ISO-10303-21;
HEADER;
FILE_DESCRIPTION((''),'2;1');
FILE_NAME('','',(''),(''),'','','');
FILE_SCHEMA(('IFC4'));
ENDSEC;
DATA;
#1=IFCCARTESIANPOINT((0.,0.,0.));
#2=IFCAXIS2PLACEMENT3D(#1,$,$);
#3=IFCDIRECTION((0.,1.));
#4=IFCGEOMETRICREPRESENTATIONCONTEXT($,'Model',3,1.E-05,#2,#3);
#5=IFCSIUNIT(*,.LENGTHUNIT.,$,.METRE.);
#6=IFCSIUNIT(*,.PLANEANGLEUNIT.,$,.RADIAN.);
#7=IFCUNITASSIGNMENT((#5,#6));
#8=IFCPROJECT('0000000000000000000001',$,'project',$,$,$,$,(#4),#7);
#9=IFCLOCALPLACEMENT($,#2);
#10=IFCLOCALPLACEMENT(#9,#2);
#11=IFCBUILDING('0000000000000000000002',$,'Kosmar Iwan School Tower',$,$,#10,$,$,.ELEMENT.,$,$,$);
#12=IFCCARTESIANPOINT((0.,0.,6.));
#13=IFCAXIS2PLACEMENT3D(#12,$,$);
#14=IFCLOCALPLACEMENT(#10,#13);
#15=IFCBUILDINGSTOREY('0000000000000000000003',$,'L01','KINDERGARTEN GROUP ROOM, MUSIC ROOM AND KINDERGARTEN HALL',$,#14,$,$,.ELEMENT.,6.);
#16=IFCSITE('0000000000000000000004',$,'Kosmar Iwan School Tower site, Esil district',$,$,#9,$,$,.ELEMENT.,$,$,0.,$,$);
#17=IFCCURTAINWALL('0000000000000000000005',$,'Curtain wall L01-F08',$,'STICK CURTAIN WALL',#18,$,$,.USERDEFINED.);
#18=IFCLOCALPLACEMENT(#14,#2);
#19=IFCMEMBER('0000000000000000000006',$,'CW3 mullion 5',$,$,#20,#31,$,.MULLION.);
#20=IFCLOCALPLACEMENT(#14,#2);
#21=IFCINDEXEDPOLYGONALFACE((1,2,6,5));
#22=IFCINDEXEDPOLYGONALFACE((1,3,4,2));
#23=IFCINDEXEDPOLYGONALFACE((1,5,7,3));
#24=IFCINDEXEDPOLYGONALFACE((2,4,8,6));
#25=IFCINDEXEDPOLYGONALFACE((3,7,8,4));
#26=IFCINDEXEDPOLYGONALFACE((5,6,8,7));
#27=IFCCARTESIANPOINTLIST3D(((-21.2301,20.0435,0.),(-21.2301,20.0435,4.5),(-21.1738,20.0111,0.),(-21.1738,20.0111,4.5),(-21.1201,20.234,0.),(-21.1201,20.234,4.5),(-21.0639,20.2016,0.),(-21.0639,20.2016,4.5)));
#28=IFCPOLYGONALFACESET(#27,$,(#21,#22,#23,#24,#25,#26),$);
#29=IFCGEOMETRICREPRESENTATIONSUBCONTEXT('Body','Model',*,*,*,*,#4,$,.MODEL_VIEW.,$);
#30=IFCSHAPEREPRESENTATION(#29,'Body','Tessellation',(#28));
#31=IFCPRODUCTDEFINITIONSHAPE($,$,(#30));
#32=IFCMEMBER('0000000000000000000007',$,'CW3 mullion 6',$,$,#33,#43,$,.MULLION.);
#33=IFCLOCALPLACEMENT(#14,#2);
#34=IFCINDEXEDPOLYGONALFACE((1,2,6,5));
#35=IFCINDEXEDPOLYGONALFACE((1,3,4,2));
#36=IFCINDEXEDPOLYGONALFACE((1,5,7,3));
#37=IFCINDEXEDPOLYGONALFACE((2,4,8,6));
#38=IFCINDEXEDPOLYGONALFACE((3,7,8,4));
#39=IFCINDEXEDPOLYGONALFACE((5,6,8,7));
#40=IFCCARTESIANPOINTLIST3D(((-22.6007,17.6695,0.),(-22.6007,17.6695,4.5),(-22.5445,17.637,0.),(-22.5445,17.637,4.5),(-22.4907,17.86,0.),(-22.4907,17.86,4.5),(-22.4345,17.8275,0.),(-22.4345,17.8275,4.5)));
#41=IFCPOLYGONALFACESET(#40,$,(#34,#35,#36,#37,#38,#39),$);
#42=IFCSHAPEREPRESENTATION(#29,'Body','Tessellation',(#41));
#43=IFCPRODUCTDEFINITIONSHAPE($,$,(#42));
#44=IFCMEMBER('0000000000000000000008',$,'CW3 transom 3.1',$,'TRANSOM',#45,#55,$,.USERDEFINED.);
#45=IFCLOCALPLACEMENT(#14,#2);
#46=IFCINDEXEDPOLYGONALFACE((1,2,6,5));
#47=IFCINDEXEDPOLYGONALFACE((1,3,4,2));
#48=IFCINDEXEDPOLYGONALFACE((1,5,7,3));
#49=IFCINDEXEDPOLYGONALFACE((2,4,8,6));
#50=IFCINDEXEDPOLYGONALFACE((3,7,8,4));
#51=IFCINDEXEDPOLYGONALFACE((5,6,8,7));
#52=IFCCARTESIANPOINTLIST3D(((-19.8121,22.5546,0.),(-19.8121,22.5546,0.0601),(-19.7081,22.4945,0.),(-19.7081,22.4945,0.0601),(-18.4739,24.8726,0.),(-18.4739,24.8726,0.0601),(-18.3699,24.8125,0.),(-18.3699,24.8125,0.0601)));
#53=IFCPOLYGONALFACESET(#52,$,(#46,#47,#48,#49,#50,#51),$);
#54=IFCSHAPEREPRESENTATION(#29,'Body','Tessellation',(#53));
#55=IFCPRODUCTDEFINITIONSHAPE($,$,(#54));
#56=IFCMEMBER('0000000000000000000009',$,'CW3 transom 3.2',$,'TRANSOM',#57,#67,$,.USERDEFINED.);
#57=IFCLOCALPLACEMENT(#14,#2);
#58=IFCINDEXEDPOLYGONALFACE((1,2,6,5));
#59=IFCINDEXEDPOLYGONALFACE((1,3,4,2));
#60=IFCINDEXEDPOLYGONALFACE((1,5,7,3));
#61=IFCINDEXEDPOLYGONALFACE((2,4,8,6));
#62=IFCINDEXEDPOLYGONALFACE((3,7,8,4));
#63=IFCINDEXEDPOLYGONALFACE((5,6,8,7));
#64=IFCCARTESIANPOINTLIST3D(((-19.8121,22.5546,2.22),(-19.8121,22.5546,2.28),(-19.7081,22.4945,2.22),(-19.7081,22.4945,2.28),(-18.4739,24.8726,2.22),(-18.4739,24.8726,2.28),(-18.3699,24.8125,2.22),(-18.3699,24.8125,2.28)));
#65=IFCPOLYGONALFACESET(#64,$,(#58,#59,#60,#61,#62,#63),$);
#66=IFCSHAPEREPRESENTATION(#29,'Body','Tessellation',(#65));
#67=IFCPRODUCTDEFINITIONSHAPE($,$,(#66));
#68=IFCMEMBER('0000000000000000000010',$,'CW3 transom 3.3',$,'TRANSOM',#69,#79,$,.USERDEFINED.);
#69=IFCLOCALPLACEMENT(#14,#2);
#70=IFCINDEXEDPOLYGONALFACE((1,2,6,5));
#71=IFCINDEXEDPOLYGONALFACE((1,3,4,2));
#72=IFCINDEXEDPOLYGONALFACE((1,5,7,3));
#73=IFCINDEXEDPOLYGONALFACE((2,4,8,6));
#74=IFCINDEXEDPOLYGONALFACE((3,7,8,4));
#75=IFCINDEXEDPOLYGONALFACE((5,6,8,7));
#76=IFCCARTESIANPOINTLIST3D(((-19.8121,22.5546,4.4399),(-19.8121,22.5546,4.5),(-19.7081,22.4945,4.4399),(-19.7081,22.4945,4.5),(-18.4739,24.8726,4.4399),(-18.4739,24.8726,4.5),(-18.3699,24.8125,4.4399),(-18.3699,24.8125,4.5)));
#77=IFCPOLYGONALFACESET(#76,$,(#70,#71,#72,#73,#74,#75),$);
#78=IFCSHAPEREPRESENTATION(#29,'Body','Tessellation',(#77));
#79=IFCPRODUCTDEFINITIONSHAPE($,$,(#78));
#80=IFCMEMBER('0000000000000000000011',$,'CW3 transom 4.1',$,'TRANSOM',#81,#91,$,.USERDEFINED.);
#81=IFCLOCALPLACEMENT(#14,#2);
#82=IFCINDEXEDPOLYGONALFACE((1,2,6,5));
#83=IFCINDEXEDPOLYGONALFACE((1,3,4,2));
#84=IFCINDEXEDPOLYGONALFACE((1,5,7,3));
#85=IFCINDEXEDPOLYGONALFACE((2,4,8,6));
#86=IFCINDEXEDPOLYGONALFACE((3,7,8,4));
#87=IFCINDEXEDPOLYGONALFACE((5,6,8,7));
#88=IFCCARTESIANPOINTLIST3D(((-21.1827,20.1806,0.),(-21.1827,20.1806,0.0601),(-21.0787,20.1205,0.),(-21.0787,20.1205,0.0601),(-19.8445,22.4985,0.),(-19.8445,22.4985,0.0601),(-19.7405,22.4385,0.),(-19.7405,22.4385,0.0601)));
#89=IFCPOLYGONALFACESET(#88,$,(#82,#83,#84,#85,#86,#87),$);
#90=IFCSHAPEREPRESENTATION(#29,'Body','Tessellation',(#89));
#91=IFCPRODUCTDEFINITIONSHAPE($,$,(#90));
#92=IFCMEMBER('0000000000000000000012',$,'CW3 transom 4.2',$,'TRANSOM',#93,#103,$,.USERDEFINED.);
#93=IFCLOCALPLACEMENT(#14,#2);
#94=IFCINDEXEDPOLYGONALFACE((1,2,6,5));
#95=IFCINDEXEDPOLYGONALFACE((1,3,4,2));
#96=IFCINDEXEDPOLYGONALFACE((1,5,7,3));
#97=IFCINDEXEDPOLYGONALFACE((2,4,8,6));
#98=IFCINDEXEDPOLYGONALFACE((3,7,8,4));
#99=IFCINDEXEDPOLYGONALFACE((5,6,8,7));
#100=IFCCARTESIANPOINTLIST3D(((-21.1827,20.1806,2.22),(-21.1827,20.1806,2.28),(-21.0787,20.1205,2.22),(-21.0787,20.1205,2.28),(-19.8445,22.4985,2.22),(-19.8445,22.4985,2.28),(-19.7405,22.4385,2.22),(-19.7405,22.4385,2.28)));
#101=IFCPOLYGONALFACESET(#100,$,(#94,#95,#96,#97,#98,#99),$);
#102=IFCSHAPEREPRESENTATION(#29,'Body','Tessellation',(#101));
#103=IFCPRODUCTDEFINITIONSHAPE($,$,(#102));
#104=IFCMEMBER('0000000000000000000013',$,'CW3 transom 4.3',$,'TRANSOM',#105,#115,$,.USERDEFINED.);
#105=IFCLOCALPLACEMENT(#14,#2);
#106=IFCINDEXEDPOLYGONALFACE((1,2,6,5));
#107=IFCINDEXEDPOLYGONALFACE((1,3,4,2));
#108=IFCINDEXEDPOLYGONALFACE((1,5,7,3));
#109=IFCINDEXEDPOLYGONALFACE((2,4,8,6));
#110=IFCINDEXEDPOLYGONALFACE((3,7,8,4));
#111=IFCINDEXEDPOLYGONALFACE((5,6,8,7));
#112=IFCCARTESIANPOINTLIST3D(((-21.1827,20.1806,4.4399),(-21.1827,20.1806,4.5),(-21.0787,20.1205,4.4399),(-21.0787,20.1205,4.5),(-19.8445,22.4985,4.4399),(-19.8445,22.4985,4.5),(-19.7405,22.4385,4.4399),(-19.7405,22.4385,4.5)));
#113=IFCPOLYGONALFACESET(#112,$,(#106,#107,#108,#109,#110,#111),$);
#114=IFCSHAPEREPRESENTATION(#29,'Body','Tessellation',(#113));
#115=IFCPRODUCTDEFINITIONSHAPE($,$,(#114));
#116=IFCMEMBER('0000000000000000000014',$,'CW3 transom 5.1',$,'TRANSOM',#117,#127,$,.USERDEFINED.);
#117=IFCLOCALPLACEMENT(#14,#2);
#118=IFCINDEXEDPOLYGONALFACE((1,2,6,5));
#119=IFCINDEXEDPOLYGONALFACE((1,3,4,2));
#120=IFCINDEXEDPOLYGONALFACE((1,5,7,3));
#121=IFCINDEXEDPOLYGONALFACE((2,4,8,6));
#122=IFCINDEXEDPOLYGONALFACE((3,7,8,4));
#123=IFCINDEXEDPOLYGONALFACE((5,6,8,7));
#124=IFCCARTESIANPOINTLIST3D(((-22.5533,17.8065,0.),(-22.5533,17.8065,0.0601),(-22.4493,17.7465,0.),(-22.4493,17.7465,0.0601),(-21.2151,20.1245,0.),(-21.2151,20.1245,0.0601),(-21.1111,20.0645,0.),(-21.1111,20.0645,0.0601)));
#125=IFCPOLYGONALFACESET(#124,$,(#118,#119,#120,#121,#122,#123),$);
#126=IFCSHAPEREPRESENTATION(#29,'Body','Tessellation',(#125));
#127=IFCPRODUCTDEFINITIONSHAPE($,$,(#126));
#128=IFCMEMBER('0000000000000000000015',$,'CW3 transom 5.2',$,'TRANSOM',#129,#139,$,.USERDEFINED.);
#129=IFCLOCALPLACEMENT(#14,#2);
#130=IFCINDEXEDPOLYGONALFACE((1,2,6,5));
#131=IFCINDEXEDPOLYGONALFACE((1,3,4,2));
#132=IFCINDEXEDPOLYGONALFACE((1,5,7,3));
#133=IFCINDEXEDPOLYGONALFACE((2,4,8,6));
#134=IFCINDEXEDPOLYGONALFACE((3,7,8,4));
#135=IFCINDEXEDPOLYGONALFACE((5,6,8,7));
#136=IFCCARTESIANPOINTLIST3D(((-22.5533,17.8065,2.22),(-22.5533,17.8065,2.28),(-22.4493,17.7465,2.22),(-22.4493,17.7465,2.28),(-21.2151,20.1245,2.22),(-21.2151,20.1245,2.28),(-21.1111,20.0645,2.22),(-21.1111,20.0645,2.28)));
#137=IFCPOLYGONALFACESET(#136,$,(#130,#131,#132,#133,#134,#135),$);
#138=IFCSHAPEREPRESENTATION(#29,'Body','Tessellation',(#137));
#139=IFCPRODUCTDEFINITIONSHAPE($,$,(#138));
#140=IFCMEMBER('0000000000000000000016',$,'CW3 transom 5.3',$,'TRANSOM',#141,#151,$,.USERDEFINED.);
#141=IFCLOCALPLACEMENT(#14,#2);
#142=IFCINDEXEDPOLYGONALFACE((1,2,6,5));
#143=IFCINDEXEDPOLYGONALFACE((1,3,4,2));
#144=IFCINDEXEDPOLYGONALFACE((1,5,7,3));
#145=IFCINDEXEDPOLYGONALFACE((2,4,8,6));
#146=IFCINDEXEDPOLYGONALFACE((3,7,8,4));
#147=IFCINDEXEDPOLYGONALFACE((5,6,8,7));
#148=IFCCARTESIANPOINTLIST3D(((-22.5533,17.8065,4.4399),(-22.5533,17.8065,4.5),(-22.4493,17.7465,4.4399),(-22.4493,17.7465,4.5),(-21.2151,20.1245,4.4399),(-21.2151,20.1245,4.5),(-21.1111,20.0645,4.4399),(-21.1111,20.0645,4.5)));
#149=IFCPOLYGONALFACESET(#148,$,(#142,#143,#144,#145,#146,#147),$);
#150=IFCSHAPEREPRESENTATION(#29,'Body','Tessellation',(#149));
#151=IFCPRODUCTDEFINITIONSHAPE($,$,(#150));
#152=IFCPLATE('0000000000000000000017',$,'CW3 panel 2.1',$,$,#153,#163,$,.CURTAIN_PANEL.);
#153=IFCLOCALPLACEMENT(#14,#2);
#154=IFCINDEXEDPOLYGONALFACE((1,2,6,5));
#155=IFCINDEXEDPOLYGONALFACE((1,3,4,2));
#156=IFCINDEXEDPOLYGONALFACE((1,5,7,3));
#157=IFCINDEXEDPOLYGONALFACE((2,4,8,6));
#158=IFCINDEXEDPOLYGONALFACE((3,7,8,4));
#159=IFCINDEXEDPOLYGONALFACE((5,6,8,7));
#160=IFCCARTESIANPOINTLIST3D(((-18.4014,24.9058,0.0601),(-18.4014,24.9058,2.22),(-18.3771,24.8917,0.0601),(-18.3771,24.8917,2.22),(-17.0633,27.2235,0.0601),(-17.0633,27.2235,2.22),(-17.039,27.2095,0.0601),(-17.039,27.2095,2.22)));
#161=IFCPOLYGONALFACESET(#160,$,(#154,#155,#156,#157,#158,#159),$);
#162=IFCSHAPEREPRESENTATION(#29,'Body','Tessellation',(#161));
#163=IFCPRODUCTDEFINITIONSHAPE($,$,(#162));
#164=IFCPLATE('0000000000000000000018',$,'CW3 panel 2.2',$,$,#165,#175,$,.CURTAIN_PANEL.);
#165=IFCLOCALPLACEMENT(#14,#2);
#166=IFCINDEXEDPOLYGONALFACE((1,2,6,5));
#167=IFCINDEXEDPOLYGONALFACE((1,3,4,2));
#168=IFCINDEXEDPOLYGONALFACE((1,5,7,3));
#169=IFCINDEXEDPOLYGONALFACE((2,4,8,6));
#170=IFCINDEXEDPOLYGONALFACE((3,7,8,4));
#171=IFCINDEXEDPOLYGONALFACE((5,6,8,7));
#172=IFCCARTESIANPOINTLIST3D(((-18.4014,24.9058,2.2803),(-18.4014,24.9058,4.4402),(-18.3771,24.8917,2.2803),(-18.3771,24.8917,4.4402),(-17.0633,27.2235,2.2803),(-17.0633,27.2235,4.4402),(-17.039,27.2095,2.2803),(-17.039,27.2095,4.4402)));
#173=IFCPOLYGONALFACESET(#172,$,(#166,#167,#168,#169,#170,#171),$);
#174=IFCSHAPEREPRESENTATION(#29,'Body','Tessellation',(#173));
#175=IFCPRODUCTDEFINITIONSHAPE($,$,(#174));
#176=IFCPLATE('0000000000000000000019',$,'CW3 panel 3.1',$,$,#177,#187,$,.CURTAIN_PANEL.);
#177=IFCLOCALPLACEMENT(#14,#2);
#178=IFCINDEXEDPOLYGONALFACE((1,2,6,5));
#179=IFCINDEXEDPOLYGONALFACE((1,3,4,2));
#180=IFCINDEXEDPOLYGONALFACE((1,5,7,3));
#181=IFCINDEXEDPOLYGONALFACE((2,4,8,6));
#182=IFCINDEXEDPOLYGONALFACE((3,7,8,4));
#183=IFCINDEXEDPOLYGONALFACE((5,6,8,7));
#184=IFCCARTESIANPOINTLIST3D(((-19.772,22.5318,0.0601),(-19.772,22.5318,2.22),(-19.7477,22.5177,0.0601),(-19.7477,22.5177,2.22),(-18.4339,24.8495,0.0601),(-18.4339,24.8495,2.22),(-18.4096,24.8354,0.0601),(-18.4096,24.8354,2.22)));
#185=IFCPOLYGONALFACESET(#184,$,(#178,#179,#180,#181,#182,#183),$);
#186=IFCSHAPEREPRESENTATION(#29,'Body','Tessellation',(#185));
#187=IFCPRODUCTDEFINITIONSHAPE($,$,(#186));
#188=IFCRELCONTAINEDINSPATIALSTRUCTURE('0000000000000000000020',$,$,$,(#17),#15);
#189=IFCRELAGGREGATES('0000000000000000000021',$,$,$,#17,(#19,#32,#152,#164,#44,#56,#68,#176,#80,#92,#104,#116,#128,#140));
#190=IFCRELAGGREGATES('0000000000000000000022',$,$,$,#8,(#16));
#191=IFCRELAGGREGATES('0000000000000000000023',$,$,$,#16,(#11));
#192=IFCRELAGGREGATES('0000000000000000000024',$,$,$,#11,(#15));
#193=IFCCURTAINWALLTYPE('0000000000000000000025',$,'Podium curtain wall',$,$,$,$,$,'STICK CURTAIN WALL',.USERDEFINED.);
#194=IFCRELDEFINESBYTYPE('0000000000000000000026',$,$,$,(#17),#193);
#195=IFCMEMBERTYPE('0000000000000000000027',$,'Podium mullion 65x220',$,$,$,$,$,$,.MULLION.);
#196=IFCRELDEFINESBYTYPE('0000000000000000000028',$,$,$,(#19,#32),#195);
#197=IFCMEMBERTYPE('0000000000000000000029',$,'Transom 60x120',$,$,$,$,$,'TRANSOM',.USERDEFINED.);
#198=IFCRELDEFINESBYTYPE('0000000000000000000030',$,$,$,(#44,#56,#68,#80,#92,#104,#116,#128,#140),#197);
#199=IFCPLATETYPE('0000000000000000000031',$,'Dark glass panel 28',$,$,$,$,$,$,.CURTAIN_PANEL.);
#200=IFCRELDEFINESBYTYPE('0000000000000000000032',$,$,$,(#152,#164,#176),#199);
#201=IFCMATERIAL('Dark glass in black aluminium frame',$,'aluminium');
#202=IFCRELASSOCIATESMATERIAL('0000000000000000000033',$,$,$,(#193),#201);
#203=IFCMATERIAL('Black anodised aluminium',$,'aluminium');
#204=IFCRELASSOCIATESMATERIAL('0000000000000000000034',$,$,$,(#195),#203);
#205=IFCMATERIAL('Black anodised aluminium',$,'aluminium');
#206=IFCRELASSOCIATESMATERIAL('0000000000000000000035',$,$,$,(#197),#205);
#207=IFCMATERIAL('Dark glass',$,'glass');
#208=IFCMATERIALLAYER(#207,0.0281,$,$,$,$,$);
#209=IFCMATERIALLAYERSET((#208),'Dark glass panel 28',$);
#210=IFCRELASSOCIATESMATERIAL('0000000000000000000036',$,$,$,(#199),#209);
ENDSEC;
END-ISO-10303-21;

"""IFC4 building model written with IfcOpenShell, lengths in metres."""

from ifc_helpers import new_model, si_unit, direction, frame, origin, origin_2d, place, context, subcontext, project, spatial, rectangle, extrude, material, layer, layer_set, material_profile, profile_set, type_object, element, aggregate, save


model = new_model("IFC4")

# Units and contexts
model_context = context("Model", 3, precision=1e-05, world=origin(), true_north=direction((0.0, 1.0)))
body_context = subcontext(model_context, "Body", "Model", "MODEL_VIEW")
ifc_project = project(units=[si_unit("LENGTHUNIT", "METRE"), si_unit("PLANEANGLEUNIT", "RADIAN")], contexts=[model_context])

# Site, building, storey
site_placement = place(None, origin())
site = spatial("IfcSite", under=ifc_project, at=site_placement, Name="Kosmar Iwan School Tower site, Esil district", CompositionType="ELEMENT", RefElevation=0.0)
building_placement = place(site_placement, origin())
building = spatial("IfcBuilding", under=site, at=building_placement, Name="Kosmar Iwan School Tower", CompositionType="ELEMENT")
storey_placement = place(building_placement, frame((0.0, 0.0, 6.0)))
storey = spatial("IfcBuildingStorey", under=building, at=storey_placement, Name="L01", Description="KINDERGARTEN GROUP ROOM, MUSIC ROOM AND KINDERGARTEN HALL", CompositionType="ELEMENT", Elevation=6.0)

# Curtain wall, members, plates
ifc_material_1 = material(Name="Dark glass in black aluminium frame", Category="aluminium")
curtain_wall_type = type_object("IfcCurtainWallType", Name="Podium curtain wall", ElementType="STICK CURTAIN WALL", PredefinedType="USERDEFINED", material=ifc_material_1)
curtain_wall_placement = place(storey_placement, origin())
curtain_wall = element("IfcCurtainWall", 1, at=curtain_wall_placement, inside=storey, type_object=curtain_wall_type, Name="Curtain wall L01-F08", ObjectType="STICK CURTAIN WALL", PredefinedType="USERDEFINED")
ifc_material_2 = material(Name="Black anodised aluminium", Category="aluminium")
ifc_material_profile_1 = material_profile(ifc_material_2, rectangle(XDim=0.0649, YDim=0.22, at=origin_2d()), Name="MULLION 65x220")
ifc_profile_set_1 = profile_set([ifc_material_profile_1], Name="Black anodised aluminium")
member_type_1 = type_object("IfcMemberType", Name="Podium mullion 65x220", PredefinedType="MULLION", material=ifc_profile_set_1)
member_1_placement = place(storey_placement, frame((-21.147, 20.1226, 0.0), z_axis=(0.0, 0.0, 1.0), x_axis=(0.866025, -0.5, 0.0)))
member_1 = element("IfcMember", 2, at=member_1_placement, type_object=member_type_1, Name="CW3 mullion 5", PredefinedType="MULLION", context=body_context, shape_type="SweptSolid", body=[
    extrude(rectangle(XDim=0.0649, YDim=0.22, at=origin_2d()), origin(), (0.0, 0.0, 1.0), 4.5),
])
member_2_placement = place(storey_placement, frame((-22.5176, 17.7485, 0.0), z_axis=(0.0, 0.0, 1.0), x_axis=(0.866025, -0.5, 0.0)))
member_2 = element("IfcMember", 3, at=member_2_placement, type_object=member_type_1, Name="CW3 mullion 6", PredefinedType="MULLION", context=body_context, shape_type="SweptSolid", body=[
    extrude(rectangle(XDim=0.0649, YDim=0.22, at=origin_2d()), origin(), (0.0, 0.0, 1.0), 4.5),
])
ifc_material_3 = material(Name="Black anodised aluminium", Category="aluminium")
ifc_material_profile_2 = material_profile(ifc_material_3, rectangle(XDim=0.1201, YDim=0.0601, at=origin_2d()), Name="TRANSOM 60x120")
ifc_profile_set_2 = profile_set([ifc_material_profile_2], Name="Black anodised aluminium")
member_type_2 = type_object("IfcMemberType", Name="Transom 60x120", ElementType="TRANSOM", PredefinedType="USERDEFINED", material=ifc_profile_set_2)
member_3_placement = place(storey_placement, frame((-18.4219, 24.8425, 0.03), z_axis=(-0.499975, -0.86604, 0.0), x_axis=(0.86604, -0.499975, 0.0)))
member_3 = element("IfcMember", 4, at=member_3_placement, type_object=member_type_2, Name="CW3 transom 3.1", ObjectType="TRANSOM", PredefinedType="USERDEFINED", context=body_context, shape_type="SweptSolid", body=[
    extrude(rectangle(XDim=0.1201, YDim=0.0601, at=origin_2d()), origin(), (0.0, 0.0, 1.0), 2.6765),
])
member_4_placement = place(storey_placement, frame((-18.4219, 24.8425, 2.25), z_axis=(-0.499975, -0.86604, 0.0), x_axis=(0.86604, -0.499975, 0.0)))
member_4 = element("IfcMember", 5, at=member_4_placement, type_object=member_type_2, Name="CW3 transom 3.2", ObjectType="TRANSOM", PredefinedType="USERDEFINED", context=body_context, shape_type="SweptSolid", body=[
    extrude(rectangle(XDim=0.1201, YDim=0.0601, at=origin_2d()), origin(), (0.0, 0.0, 1.0), 2.6765),
])
member_5_placement = place(storey_placement, frame((-18.4219, 24.8425, 4.47), z_axis=(-0.499975, -0.86604, 0.0), x_axis=(0.86604, -0.499975, 0.0)))
member_5 = element("IfcMember", 6, at=member_5_placement, type_object=member_type_2, Name="CW3 transom 3.3", ObjectType="TRANSOM", PredefinedType="USERDEFINED", context=body_context, shape_type="SweptSolid", body=[
    extrude(rectangle(XDim=0.1201, YDim=0.0601, at=origin_2d()), origin(), (0.0, 0.0, 1.0), 2.6765),
])
member_6_placement = place(storey_placement, frame((-19.7925, 22.4685, 0.03), z_axis=(-0.499975, -0.86604, 0.0), x_axis=(0.86604, -0.499975, 0.0)))
member_6 = element("IfcMember", 7, at=member_6_placement, type_object=member_type_2, Name="CW3 transom 4.1", ObjectType="TRANSOM", PredefinedType="USERDEFINED", context=body_context, shape_type="SweptSolid", body=[
    extrude(rectangle(XDim=0.1201, YDim=0.0601, at=origin_2d()), origin(), (0.0, 0.0, 1.0), 2.6765),
])
member_7_placement = place(storey_placement, frame((-19.7925, 22.4685, 2.25), z_axis=(-0.499975, -0.86604, 0.0), x_axis=(0.86604, -0.499975, 0.0)))
member_7 = element("IfcMember", 8, at=member_7_placement, type_object=member_type_2, Name="CW3 transom 4.2", ObjectType="TRANSOM", PredefinedType="USERDEFINED", context=body_context, shape_type="SweptSolid", body=[
    extrude(rectangle(XDim=0.1201, YDim=0.0601, at=origin_2d()), origin(), (0.0, 0.0, 1.0), 2.6765),
])
member_8_placement = place(storey_placement, frame((-19.7925, 22.4685, 4.47), z_axis=(-0.499975, -0.86604, 0.0), x_axis=(0.86604, -0.499975, 0.0)))
member_8 = element("IfcMember", 9, at=member_8_placement, type_object=member_type_2, Name="CW3 transom 4.3", ObjectType="TRANSOM", PredefinedType="USERDEFINED", context=body_context, shape_type="SweptSolid", body=[
    extrude(rectangle(XDim=0.1201, YDim=0.0601, at=origin_2d()), origin(), (0.0, 0.0, 1.0), 2.6765),
])
member_9_placement = place(storey_placement, frame((-21.1631, 20.0945, 0.03), z_axis=(-0.499975, -0.86604, 0.0), x_axis=(0.86604, -0.499975, 0.0)))
member_9 = element("IfcMember", 10, at=member_9_placement, type_object=member_type_2, Name="CW3 transom 5.1", ObjectType="TRANSOM", PredefinedType="USERDEFINED", context=body_context, shape_type="SweptSolid", body=[
    extrude(rectangle(XDim=0.1201, YDim=0.0601, at=origin_2d()), origin(), (0.0, 0.0, 1.0), 2.6765),
])
member_10_placement = place(storey_placement, frame((-21.1631, 20.0945, 2.25), z_axis=(-0.499975, -0.86604, 0.0), x_axis=(0.86604, -0.499975, 0.0)))
member_10 = element("IfcMember", 11, at=member_10_placement, type_object=member_type_2, Name="CW3 transom 5.2", ObjectType="TRANSOM", PredefinedType="USERDEFINED", context=body_context, shape_type="SweptSolid", body=[
    extrude(rectangle(XDim=0.1201, YDim=0.0601, at=origin_2d()), origin(), (0.0, 0.0, 1.0), 2.6765),
])
member_11_placement = place(storey_placement, frame((-21.1631, 20.0945, 4.47), z_axis=(-0.499975, -0.86604, 0.0), x_axis=(0.86604, -0.499975, 0.0)))
member_11 = element("IfcMember", 12, at=member_11_placement, type_object=member_type_2, Name="CW3 transom 5.3", ObjectType="TRANSOM", PredefinedType="USERDEFINED", context=body_context, shape_type="SweptSolid", body=[
    extrude(rectangle(XDim=0.1201, YDim=0.0601, at=origin_2d()), origin(), (0.0, 0.0, 1.0), 2.6765),
])
ifc_material_4 = material(Name="Dark glass", Category="glass")
ifc_layer = layer(ifc_material_4, 0.0281)
ifc_layer_set = layer_set([ifc_layer], Name="Dark glass panel 28")
plate_type = type_object("IfcPlateType", Name="Dark glass panel 28", PredefinedType="CURTAIN_PANEL", material=ifc_layer_set)
plate_1_placement = place(storey_placement, frame((-17.7202, 26.0576, 0.0601), z_axis=(0.0, 0.0, 1.0), x_axis=(-0.5, -0.866025, 0.0)))
plate_1 = element("IfcPlate", 13, at=plate_1_placement, type_object=plate_type, Name="CW3 panel 2.1", PredefinedType="CURTAIN_PANEL", context=body_context, shape_type="SweptSolid", body=[
    extrude(rectangle(XDim=2.6763, YDim=0.0281, at=origin_2d()), origin(), (0.0, 0.0, 1.0), 2.1599),
])
plate_2_placement = place(storey_placement, frame((-17.7202, 26.0576, 2.2803), z_axis=(0.0, 0.0, 1.0), x_axis=(-0.5, -0.866025, 0.0)))
plate_2 = element("IfcPlate", 14, at=plate_2_placement, type_object=plate_type, Name="CW3 panel 2.2", PredefinedType="CURTAIN_PANEL", context=body_context, shape_type="SweptSolid", body=[
    extrude(rectangle(XDim=2.6763, YDim=0.0281, at=origin_2d()), origin(), (0.0, 0.0, 1.0), 2.1599),
])
plate_3_placement = place(storey_placement, frame((-19.0908, 23.6836, 0.0601), z_axis=(0.0, 0.0, 1.0), x_axis=(-0.5, -0.866025, 0.0)))
plate_3 = element("IfcPlate", 15, at=plate_3_placement, type_object=plate_type, Name="CW3 panel 3.1", PredefinedType="CURTAIN_PANEL", context=body_context, shape_type="SweptSolid", body=[
    extrude(rectangle(XDim=2.6763, YDim=0.0281, at=origin_2d()), origin(), (0.0, 0.0, 1.0), 2.1599),
])
aggregate(curtain_wall, [member_1, member_2, plate_1, plate_2, member_3, member_4, member_5, plate_3, member_6, member_7, member_8, member_9, member_10, member_11])

save(model, "model.ifc")
